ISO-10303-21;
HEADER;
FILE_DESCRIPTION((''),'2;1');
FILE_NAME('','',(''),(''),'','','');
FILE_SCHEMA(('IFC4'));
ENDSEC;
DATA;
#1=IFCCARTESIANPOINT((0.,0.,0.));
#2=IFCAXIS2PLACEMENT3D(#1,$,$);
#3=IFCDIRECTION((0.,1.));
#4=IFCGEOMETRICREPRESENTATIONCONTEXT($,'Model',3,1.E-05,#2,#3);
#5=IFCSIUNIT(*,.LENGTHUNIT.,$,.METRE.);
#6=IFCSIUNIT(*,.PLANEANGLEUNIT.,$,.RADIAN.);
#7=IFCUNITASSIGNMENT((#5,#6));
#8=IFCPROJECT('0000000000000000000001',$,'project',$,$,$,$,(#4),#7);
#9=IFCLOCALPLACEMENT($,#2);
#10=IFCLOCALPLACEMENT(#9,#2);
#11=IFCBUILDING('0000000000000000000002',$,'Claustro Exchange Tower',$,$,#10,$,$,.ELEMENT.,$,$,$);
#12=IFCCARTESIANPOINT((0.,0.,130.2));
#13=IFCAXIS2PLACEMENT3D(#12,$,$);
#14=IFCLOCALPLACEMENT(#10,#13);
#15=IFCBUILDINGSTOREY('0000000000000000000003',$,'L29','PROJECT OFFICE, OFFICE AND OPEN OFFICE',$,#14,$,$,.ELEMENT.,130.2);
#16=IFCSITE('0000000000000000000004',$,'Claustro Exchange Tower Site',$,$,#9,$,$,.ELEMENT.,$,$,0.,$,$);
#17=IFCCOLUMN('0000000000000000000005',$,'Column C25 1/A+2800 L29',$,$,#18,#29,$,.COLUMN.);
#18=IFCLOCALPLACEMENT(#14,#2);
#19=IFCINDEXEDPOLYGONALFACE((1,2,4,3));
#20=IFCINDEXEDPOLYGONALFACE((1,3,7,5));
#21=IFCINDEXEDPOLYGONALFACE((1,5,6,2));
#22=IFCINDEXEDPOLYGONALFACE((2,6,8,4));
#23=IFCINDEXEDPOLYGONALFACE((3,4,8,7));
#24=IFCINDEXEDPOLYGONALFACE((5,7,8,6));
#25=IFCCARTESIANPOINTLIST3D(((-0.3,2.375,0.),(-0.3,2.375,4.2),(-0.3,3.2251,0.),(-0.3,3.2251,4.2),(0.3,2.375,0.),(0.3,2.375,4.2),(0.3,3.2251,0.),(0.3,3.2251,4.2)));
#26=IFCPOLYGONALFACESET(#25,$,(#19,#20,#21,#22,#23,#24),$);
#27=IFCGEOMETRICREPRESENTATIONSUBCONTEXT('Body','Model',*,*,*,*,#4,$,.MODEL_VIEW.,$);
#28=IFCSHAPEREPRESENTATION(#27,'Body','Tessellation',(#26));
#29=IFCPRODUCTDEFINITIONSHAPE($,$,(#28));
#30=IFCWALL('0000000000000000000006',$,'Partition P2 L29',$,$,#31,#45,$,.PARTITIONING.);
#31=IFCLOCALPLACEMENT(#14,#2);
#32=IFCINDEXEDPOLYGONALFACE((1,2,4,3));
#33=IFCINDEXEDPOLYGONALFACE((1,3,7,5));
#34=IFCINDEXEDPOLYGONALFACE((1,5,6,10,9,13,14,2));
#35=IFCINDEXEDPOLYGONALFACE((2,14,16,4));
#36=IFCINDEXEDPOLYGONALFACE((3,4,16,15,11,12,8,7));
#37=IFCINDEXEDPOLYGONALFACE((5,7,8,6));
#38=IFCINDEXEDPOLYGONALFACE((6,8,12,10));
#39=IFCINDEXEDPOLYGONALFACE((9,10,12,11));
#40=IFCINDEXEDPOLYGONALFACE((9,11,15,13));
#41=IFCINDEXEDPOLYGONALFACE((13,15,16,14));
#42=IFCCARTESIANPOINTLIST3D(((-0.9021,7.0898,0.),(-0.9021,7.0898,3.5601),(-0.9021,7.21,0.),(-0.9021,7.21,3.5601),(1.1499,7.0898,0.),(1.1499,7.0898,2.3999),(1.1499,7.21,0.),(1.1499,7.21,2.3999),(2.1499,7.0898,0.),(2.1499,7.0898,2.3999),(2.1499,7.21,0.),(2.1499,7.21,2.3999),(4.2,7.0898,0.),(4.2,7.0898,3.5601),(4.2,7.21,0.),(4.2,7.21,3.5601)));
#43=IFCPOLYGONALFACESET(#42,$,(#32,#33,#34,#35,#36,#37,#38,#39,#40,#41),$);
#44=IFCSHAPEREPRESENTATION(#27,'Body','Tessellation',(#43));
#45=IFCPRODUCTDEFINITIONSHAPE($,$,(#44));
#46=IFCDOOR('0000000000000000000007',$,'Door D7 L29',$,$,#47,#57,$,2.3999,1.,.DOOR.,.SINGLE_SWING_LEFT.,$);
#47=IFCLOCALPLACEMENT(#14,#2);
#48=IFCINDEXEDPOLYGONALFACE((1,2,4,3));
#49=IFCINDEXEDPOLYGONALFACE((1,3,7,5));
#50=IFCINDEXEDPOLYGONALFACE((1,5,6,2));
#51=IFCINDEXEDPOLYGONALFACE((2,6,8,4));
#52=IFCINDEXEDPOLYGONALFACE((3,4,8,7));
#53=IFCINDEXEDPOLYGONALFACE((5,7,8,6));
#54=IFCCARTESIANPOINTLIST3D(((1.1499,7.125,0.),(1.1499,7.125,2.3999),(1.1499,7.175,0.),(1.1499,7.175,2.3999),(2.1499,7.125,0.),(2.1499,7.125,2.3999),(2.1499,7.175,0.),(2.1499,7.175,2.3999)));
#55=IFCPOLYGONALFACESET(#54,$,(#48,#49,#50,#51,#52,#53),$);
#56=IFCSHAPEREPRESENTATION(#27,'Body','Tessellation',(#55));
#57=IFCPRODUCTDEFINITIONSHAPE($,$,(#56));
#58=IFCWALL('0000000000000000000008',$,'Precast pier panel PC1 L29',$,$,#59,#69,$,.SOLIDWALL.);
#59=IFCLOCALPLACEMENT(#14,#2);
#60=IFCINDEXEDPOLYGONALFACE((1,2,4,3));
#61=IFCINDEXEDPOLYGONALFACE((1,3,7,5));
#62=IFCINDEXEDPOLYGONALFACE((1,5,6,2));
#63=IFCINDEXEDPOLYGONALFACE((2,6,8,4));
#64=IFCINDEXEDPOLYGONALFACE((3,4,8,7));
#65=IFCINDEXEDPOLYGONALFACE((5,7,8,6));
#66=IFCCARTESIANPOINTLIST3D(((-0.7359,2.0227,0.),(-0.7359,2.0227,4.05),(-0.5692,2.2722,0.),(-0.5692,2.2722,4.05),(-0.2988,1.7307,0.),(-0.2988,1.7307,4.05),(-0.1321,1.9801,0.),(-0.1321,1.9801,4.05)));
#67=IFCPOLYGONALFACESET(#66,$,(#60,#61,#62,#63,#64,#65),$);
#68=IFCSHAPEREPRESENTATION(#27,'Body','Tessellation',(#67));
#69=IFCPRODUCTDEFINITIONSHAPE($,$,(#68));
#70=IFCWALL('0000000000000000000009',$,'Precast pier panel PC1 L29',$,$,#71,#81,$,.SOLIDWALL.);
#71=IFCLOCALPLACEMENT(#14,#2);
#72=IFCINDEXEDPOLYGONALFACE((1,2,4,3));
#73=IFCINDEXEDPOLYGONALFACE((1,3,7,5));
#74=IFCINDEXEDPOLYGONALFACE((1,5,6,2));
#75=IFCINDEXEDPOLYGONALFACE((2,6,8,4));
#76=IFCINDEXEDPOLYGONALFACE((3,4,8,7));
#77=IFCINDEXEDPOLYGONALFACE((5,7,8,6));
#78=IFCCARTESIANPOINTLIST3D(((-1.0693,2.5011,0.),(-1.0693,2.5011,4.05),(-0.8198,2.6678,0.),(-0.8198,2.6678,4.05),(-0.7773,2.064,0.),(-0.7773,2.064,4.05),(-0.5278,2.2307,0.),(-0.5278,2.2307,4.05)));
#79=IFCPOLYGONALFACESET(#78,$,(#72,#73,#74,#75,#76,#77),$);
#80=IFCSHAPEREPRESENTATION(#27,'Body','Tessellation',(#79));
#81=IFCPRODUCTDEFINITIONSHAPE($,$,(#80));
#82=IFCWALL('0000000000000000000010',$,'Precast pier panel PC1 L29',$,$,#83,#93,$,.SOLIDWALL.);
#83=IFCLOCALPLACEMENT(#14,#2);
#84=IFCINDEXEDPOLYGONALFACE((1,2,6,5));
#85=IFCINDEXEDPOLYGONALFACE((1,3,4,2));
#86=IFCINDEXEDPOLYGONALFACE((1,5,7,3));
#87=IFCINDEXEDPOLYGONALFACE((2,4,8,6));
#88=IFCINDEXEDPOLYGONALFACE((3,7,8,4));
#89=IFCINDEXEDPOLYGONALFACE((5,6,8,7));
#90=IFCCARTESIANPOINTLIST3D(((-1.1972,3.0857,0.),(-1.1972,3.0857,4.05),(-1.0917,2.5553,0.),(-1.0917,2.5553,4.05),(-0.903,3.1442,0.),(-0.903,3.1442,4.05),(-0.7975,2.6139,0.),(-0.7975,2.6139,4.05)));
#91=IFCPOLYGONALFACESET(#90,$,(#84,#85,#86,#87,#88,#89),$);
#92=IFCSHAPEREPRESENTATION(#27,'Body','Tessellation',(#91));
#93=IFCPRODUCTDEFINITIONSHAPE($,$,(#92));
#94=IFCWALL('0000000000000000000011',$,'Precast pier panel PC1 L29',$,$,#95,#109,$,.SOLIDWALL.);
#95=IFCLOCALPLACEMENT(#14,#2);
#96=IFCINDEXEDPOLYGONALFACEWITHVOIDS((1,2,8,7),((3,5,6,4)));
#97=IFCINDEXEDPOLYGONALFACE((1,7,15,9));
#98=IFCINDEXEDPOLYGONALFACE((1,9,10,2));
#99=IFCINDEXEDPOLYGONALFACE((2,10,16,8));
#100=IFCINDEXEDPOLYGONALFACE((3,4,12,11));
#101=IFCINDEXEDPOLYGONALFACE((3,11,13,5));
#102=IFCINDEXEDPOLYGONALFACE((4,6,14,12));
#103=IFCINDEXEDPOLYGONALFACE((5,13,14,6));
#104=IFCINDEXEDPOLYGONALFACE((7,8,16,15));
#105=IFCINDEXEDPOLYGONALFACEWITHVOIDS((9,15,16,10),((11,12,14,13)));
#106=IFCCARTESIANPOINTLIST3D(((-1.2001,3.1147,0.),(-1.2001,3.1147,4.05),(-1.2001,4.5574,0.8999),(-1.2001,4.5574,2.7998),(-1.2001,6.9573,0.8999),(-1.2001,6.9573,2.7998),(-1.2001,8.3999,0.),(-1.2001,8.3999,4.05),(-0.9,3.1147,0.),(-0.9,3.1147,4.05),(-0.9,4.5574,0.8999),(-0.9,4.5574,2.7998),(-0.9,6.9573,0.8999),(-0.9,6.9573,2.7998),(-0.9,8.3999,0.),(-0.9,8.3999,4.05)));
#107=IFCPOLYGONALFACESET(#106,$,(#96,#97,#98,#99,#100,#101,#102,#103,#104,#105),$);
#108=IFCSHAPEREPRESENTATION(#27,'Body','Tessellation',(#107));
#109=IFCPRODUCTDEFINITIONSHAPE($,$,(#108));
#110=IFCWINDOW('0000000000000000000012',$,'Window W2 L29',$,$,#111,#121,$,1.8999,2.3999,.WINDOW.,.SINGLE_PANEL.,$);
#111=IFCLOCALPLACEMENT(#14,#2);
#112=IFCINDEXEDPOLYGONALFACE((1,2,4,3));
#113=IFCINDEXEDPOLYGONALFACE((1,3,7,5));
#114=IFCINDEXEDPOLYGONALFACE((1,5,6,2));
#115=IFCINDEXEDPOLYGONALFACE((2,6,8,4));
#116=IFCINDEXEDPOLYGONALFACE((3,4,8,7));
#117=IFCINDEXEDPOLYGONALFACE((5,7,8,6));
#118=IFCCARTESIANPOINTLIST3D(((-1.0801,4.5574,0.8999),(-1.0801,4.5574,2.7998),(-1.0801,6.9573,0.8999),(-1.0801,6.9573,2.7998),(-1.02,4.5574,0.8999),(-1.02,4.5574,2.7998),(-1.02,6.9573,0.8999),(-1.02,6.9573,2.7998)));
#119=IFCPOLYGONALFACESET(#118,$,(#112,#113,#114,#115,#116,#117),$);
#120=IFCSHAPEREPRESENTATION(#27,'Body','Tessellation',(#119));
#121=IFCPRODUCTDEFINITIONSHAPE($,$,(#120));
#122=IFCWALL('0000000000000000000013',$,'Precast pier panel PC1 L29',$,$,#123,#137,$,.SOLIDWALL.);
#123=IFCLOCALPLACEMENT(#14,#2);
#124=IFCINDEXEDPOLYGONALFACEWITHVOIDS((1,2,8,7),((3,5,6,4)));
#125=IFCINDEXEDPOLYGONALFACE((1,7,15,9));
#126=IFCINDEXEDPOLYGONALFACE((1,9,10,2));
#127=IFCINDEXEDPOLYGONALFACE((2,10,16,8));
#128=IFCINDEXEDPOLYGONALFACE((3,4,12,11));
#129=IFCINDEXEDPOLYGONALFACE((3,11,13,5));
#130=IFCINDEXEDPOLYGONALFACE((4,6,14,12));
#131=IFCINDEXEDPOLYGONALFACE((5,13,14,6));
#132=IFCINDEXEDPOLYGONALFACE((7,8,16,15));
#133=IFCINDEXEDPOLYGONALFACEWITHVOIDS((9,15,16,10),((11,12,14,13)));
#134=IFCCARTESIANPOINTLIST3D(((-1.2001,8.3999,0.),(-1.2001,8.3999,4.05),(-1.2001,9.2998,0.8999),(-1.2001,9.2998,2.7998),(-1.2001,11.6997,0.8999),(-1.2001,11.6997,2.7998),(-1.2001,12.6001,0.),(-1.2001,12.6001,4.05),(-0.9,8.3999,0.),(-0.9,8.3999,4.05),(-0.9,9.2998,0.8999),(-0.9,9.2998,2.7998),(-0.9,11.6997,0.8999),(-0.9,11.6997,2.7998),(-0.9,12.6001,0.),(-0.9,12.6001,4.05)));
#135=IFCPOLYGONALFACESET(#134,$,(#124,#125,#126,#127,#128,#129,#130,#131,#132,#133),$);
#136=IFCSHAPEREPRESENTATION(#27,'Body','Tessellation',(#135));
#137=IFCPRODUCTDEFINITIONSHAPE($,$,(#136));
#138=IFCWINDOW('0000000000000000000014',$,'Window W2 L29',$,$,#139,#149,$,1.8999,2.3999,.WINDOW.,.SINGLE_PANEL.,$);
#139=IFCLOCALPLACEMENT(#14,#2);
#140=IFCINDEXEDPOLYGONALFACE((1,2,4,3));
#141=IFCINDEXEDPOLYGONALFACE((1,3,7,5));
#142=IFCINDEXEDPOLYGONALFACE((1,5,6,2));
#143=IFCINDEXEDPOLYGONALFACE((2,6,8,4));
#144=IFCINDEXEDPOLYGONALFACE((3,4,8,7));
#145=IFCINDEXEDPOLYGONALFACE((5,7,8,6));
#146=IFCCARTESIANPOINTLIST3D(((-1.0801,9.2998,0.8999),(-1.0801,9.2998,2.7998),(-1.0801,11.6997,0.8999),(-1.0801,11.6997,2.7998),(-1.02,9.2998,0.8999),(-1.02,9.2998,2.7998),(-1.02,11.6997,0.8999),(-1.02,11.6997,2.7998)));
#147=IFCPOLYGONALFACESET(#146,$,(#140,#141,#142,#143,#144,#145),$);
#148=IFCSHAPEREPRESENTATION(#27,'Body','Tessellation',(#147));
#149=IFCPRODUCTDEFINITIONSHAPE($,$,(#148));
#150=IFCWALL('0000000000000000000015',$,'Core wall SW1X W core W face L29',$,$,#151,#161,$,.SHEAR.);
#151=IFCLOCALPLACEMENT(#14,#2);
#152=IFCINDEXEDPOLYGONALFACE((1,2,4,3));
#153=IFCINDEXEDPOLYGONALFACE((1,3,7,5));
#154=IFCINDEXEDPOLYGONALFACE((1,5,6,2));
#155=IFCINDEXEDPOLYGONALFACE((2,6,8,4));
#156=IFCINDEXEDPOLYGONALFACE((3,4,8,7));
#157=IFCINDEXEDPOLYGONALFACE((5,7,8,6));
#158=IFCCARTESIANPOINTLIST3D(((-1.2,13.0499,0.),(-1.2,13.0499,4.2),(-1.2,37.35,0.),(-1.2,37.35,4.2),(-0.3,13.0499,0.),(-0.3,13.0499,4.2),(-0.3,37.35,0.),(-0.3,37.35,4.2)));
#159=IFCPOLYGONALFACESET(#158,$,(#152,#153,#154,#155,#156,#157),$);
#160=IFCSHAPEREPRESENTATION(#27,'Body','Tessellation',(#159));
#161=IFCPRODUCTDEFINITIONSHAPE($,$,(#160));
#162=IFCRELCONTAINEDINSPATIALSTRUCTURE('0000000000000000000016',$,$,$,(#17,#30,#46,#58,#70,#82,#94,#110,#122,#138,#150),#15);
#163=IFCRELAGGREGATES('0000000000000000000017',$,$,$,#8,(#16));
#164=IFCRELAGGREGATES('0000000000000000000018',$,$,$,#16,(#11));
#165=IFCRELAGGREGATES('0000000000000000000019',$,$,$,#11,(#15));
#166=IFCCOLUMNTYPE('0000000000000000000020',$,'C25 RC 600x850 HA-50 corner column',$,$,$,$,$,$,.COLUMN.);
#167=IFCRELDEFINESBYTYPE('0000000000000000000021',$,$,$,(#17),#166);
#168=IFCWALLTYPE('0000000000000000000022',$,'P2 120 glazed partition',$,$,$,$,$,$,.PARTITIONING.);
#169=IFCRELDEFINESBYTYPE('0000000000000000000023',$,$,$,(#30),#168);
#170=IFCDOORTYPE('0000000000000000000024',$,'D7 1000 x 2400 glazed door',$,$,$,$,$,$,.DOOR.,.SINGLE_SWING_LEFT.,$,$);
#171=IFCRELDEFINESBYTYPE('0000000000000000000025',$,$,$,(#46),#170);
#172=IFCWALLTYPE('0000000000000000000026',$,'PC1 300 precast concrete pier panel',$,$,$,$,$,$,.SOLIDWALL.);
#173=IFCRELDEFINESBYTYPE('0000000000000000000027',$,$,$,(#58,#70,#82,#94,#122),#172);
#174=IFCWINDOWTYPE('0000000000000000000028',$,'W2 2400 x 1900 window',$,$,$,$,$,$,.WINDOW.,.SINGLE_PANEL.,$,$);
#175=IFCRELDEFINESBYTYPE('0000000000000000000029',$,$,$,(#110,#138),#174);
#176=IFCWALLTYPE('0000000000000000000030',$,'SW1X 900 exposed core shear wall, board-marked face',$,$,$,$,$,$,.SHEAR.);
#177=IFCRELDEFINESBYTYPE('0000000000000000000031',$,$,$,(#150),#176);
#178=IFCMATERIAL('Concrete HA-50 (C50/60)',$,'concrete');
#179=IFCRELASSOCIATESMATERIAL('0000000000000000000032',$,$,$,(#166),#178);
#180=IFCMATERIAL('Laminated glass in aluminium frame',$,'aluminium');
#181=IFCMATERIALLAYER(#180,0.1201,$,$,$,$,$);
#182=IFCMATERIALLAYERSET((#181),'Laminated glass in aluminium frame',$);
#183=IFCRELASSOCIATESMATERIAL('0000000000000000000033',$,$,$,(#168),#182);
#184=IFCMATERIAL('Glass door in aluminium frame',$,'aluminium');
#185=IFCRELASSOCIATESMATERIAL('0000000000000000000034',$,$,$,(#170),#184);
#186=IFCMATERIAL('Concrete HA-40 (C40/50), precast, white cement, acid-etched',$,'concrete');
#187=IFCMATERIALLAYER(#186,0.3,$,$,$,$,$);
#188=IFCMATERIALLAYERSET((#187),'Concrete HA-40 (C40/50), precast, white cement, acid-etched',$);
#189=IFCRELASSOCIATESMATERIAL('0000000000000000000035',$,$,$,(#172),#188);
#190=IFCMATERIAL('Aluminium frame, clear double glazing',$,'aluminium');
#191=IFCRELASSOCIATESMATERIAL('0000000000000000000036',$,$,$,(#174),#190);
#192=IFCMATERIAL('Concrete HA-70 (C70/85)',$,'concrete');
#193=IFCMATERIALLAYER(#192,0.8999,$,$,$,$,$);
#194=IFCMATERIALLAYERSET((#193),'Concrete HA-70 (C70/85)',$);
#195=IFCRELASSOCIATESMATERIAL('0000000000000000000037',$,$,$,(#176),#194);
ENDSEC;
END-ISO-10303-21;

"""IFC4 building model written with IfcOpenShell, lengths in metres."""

from ifc_helpers import new_model, si_unit, direction, frame, frame_2d, origin, origin_2d, place, context, subcontext, project, spatial, rectangle, extrude, material, layer, layer_set, material_profile, profile_set, type_object, element, fill, save


model = new_model("IFC4")

# Units and contexts
model_context = context("Model", 3, precision=1e-05, world=origin(), true_north=direction((0.0, 1.0)))
body_context = subcontext(model_context, "Body", "Model", "MODEL_VIEW")
ifc_project = project(units=[si_unit("LENGTHUNIT", "METRE"), si_unit("PLANEANGLEUNIT", "RADIAN")], contexts=[model_context])

# Site, building, storey
site_placement = place(None, origin())
site = spatial("IfcSite", under=ifc_project, at=site_placement, Name="Claustro Exchange Tower Site", CompositionType="ELEMENT", RefElevation=0.0)
building_placement = place(site_placement, origin())
building = spatial("IfcBuilding", under=site, at=building_placement, Name="Claustro Exchange Tower", CompositionType="ELEMENT")
storey_placement = place(building_placement, frame((0.0, 0.0, 130.2)))
storey = spatial("IfcBuildingStorey", under=building, at=storey_placement, Name="L29", Description="PROJECT OFFICE, OFFICE AND OPEN OFFICE", CompositionType="ELEMENT", Elevation=130.2)

# Column
ifc_material_1 = material(Name="Concrete HA-50 (C50/60)", Category="concrete")
ifc_material_profile = material_profile(ifc_material_1, rectangle(XDim=0.6001, YDim=0.8501, at=origin_2d()), Name="RC 600x850")
ifc_profile_set = profile_set([ifc_material_profile], Name="Concrete HA-50 (C50/60)")
column_type = type_object("IfcColumnType", Name="C25 RC 600x850 HA-50 corner column", PredefinedType="COLUMN", material=ifc_profile_set)
column_placement = place(storey_placement, frame((0.0, 2.8, 0.0), z_axis=(0.0, 0.0, 1.0), x_axis=(1.0, 0.0, 0.0)))
element("IfcColumn", 1, at=column_placement, inside=storey, type_object=column_type, Name="Column C25 1/A+2800 L29", PredefinedType="COLUMN", context=body_context, shape_type="SweptSolid", body=[
    extrude(rectangle(XDim=0.6001, YDim=0.8501, at=origin_2d()), origin(), (0.0, 0.0, 1.0), 4.2),
])

# Wall, opening, door
ifc_material_2 = material(Name="Laminated glass in aluminium frame", Category="aluminium")
ifc_layer_1 = layer(ifc_material_2, 0.1201)
ifc_layer_set_1 = layer_set([ifc_layer_1], Name="Laminated glass in aluminium frame")
wall_type_1 = type_object("IfcWallType", Name="P2 120 glazed partition", PredefinedType="PARTITIONING", material=ifc_layer_set_1)
wall_1_placement = place(storey_placement, frame((-0.9021, 7.1499, 0.0), z_axis=(0.0, 0.0, 1.0), x_axis=(1.0, 0.0, 0.0)))
wall_1 = element("IfcWall", 2, at=wall_1_placement, inside=storey, type_object=wall_type_1, Name="Partition P2 L29", PredefinedType="PARTITIONING", context=body_context, shape_type="SweptSolid", body=[
    extrude(rectangle(XDim=5.1021, YDim=0.1201, at=frame_2d((2.551, 0.0))), origin(), (0.0, 0.0, 1.0), 3.5601),
])
opening_1_placement = place(wall_1_placement, frame((2.052, 0.0, 0.0)))
opening_1 = element("IfcOpeningElement", 3, at=opening_1_placement, cuts=wall_1, PredefinedType="OPENING", context=body_context, shape_type="SweptSolid", body=[
    extrude(rectangle(XDim=1.0, YDim=2.3999, at=frame_2d((0.5, 1.2))), frame((0.0, 0.0701, 0.0), z_axis=(0.0, -1.0, 0.0), x_axis=(1.0, 0.0, 0.0)), (0.0, 0.0, 1.0), 0.1401),
])
ifc_material_3 = material(Name="Glass door in aluminium frame", Category="aluminium")
door_type_1 = type_object("IfcDoorType", Name="D7 1000 x 2400 glazed door", OperationType="SINGLE_SWING_LEFT", PredefinedType="DOOR", material=ifc_material_3)
door_1_placement = place(opening_1_placement, frame((1.0, 0.0, 0.0), z_axis=(0.0, 0.0, 1.0), x_axis=(-1.0, 0.0, 0.0)))
door_1 = element("IfcDoor", 4, at=door_1_placement, inside=storey, type_object=door_type_1, Name="Door D7 L29", OperationType="SINGLE_SWING_LEFT", OverallHeight=2.3999, OverallWidth=1.0, PredefinedType="DOOR", context=body_context, shape_type="SweptSolid", body=[
    extrude(rectangle(XDim=1.0, YDim=2.3999, at=frame_2d((0.5, 1.2))), frame((0.0, 0.0249, 0.0), z_axis=(0.0, -1.0, 0.0), x_axis=(1.0, 0.0, 0.0)), (0.0, 0.0, 1.0), 0.05),
])
fill(opening_1, door_1)

# Walls
ifc_material_4 = material(Name="Concrete HA-40 (C40/50), precast, white cement, acid-etched", Category="concrete")
ifc_layer_2 = layer(ifc_material_4, 0.3)
ifc_layer_set_2 = layer_set([ifc_layer_2], Name="Concrete HA-40 (C40/50), precast, white cement, acid-etched")
wall_type_2 = type_object("IfcWallType", Name="PC1 300 precast concrete pier panel", PredefinedType="SOLIDWALL", material=ifc_layer_set_2)
for number, where, z_axis, x_axis, name in (
    (5, (-0.2156, 1.8555, 0.0), (0.0, 0.0, 1.0), (-0.831478, 0.555557, 0.0), "Precast pier panel PC1 L29"),
    (6, (-0.6526, 2.1475, 0.0), (0.0, 0.0, 1.0), (-0.555557, 0.831478, 0.0), "Precast pier panel PC1 L29"),
):
    element("IfcWall", number, at=place(storey_placement, frame(where, z_axis=z_axis, x_axis=x_axis)), inside=storey, type_object=wall_type_2, Name=name, PredefinedType="SOLIDWALL", context=body_context, shape_type="SweptSolid", body=[
        extrude(rectangle(XDim=0.5256, YDim=0.3, at=frame_2d((0.2627, 0.0))), origin(), (0.0, 0.0, 1.0), 4.05),
    ])
wall_2_placement = place(storey_placement, frame((-0.9446, 2.5845, 0.0), z_axis=(0.0, 0.0, 1.0), x_axis=(-0.195074, 0.980789, 0.0)))
element("IfcWall", 7, at=wall_2_placement, inside=storey, type_object=wall_type_2, Name="Precast pier panel PC1 L29", PredefinedType="SOLIDWALL", context=body_context, shape_type="SweptSolid", body=[
    extrude(rectangle(XDim=0.5408, YDim=0.3, at=frame_2d((0.2705, 0.0))), origin(), (0.0, 0.0, 1.0), 4.05),
])

# Walls, openings, windows
wall_3_placement = place(storey_placement, frame((-1.05, 3.1147, 0.0), z_axis=(0.0, 0.0, 1.0), x_axis=(0.0, 1.0, 0.0)))
wall_3 = element("IfcWall", 8, at=wall_3_placement, inside=storey, type_object=wall_type_2, Name="Precast pier panel PC1 L29", PredefinedType="SOLIDWALL", context=body_context, shape_type="SweptSolid", body=[
    extrude(rectangle(XDim=5.2852, YDim=0.3, at=frame_2d((2.6426, 0.0))), origin(), (0.0, 0.0, 1.0), 4.05),
])
opening_2_placement = place(wall_3_placement, frame((1.4426, 0.0, 0.8999)))
opening_2 = element("IfcOpeningElement", 9, at=opening_2_placement, cuts=wall_3, PredefinedType="OPENING", context=body_context, shape_type="SweptSolid", body=[
    extrude(rectangle(XDim=2.3999, YDim=1.8999, at=frame_2d((1.2, 0.95))), frame((0.0, 0.1599, 0.0), z_axis=(0.0, -1.0, 0.0), x_axis=(1.0, 0.0, 0.0)), (0.0, 0.0, 1.0), 0.3201),
])
ifc_material_5 = material(Name="Aluminium frame, clear double glazing", Category="aluminium")
window_type = type_object("IfcWindowType", Name="W2 2400 x 1900 window", PartitioningType="SINGLE_PANEL", PredefinedType="WINDOW", material=ifc_material_5)
window_1_placement = place(opening_2_placement, origin())
window_1 = element("IfcWindow", 10, at=window_1_placement, inside=storey, type_object=window_type, Name="Window W2 L29", OverallHeight=1.8999, OverallWidth=2.3999, PartitioningType="SINGLE_PANEL", PredefinedType="WINDOW", context=body_context, shape_type="SweptSolid", body=[
    extrude(rectangle(XDim=2.3999, YDim=1.8999, at=frame_2d((1.2, 0.95))), frame((0.0, 0.03, 0.0), z_axis=(0.0, -1.0, 0.0), x_axis=(1.0, 0.0, 0.0)), (0.0, 0.0, 1.0), 0.0601),
])
fill(opening_2, window_1)
wall_4_placement = place(storey_placement, frame((-1.05, 8.3999, 0.0), z_axis=(0.0, 0.0, 1.0), x_axis=(0.0, 1.0, 0.0)))
wall_4 = element("IfcWall", 11, at=wall_4_placement, inside=storey, type_object=wall_type_2, Name="Precast pier panel PC1 L29", PredefinedType="SOLIDWALL", context=body_context, shape_type="SweptSolid", body=[
    extrude(rectangle(XDim=4.2002, YDim=0.3, at=frame_2d((2.1001, 0.0))), origin(), (0.0, 0.0, 1.0), 4.05),
])
opening_3_placement = place(wall_4_placement, frame((0.8999, 0.0, 0.8999)))
opening_3 = element("IfcOpeningElement", 12, at=opening_3_placement, cuts=wall_4, PredefinedType="OPENING", context=body_context, shape_type="SweptSolid", body=[
    extrude(rectangle(XDim=2.3999, YDim=1.8999, at=frame_2d((1.2, 0.95))), frame((0.0, 0.1599, 0.0), z_axis=(0.0, -1.0, 0.0), x_axis=(1.0, 0.0, 0.0)), (0.0, 0.0, 1.0), 0.3201),
])
window_2_placement = place(opening_3_placement, origin())
window_2 = element("IfcWindow", 13, at=window_2_placement, inside=storey, type_object=window_type, Name="Window W2 L29", OverallHeight=1.8999, OverallWidth=2.3999, PartitioningType="SINGLE_PANEL", PredefinedType="WINDOW", context=body_context, shape_type="SweptSolid", body=[
    extrude(rectangle(XDim=2.3999, YDim=1.8999, at=frame_2d((1.2, 0.95))), frame((0.0, 0.03, 0.0), z_axis=(0.0, -1.0, 0.0), x_axis=(1.0, 0.0, 0.0)), (0.0, 0.0, 1.0), 0.0601),
])
fill(opening_3, window_2)

# Wall
ifc_material_6 = material(Name="Concrete HA-70 (C70/85)", Category="concrete")
ifc_layer_3 = layer(ifc_material_6, 0.8999)
ifc_layer_set_3 = layer_set([ifc_layer_3], Name="Concrete HA-70 (C70/85)")
wall_type_3 = type_object("IfcWallType", Name="SW1X 900 exposed core shear wall, board-marked face", PredefinedType="SHEAR", material=ifc_layer_set_3)
wall_5_placement = place(storey_placement, frame((-0.75, 13.05, 0.0), z_axis=(0.0, 0.0, 1.0), x_axis=(0.0, 1.0, 0.0)))
element("IfcWall", 14, at=wall_5_placement, inside=storey, type_object=wall_type_3, Name="Core wall SW1X W core W face L29", PredefinedType="SHEAR", context=body_context, shape_type="SweptSolid", body=[
    extrude(rectangle(XDim=24.3, YDim=0.8999, at=frame_2d((12.1499, 0.0))), origin(), (0.0, 0.0, 1.0), 4.2),
])

save(model, "model.ifc")
